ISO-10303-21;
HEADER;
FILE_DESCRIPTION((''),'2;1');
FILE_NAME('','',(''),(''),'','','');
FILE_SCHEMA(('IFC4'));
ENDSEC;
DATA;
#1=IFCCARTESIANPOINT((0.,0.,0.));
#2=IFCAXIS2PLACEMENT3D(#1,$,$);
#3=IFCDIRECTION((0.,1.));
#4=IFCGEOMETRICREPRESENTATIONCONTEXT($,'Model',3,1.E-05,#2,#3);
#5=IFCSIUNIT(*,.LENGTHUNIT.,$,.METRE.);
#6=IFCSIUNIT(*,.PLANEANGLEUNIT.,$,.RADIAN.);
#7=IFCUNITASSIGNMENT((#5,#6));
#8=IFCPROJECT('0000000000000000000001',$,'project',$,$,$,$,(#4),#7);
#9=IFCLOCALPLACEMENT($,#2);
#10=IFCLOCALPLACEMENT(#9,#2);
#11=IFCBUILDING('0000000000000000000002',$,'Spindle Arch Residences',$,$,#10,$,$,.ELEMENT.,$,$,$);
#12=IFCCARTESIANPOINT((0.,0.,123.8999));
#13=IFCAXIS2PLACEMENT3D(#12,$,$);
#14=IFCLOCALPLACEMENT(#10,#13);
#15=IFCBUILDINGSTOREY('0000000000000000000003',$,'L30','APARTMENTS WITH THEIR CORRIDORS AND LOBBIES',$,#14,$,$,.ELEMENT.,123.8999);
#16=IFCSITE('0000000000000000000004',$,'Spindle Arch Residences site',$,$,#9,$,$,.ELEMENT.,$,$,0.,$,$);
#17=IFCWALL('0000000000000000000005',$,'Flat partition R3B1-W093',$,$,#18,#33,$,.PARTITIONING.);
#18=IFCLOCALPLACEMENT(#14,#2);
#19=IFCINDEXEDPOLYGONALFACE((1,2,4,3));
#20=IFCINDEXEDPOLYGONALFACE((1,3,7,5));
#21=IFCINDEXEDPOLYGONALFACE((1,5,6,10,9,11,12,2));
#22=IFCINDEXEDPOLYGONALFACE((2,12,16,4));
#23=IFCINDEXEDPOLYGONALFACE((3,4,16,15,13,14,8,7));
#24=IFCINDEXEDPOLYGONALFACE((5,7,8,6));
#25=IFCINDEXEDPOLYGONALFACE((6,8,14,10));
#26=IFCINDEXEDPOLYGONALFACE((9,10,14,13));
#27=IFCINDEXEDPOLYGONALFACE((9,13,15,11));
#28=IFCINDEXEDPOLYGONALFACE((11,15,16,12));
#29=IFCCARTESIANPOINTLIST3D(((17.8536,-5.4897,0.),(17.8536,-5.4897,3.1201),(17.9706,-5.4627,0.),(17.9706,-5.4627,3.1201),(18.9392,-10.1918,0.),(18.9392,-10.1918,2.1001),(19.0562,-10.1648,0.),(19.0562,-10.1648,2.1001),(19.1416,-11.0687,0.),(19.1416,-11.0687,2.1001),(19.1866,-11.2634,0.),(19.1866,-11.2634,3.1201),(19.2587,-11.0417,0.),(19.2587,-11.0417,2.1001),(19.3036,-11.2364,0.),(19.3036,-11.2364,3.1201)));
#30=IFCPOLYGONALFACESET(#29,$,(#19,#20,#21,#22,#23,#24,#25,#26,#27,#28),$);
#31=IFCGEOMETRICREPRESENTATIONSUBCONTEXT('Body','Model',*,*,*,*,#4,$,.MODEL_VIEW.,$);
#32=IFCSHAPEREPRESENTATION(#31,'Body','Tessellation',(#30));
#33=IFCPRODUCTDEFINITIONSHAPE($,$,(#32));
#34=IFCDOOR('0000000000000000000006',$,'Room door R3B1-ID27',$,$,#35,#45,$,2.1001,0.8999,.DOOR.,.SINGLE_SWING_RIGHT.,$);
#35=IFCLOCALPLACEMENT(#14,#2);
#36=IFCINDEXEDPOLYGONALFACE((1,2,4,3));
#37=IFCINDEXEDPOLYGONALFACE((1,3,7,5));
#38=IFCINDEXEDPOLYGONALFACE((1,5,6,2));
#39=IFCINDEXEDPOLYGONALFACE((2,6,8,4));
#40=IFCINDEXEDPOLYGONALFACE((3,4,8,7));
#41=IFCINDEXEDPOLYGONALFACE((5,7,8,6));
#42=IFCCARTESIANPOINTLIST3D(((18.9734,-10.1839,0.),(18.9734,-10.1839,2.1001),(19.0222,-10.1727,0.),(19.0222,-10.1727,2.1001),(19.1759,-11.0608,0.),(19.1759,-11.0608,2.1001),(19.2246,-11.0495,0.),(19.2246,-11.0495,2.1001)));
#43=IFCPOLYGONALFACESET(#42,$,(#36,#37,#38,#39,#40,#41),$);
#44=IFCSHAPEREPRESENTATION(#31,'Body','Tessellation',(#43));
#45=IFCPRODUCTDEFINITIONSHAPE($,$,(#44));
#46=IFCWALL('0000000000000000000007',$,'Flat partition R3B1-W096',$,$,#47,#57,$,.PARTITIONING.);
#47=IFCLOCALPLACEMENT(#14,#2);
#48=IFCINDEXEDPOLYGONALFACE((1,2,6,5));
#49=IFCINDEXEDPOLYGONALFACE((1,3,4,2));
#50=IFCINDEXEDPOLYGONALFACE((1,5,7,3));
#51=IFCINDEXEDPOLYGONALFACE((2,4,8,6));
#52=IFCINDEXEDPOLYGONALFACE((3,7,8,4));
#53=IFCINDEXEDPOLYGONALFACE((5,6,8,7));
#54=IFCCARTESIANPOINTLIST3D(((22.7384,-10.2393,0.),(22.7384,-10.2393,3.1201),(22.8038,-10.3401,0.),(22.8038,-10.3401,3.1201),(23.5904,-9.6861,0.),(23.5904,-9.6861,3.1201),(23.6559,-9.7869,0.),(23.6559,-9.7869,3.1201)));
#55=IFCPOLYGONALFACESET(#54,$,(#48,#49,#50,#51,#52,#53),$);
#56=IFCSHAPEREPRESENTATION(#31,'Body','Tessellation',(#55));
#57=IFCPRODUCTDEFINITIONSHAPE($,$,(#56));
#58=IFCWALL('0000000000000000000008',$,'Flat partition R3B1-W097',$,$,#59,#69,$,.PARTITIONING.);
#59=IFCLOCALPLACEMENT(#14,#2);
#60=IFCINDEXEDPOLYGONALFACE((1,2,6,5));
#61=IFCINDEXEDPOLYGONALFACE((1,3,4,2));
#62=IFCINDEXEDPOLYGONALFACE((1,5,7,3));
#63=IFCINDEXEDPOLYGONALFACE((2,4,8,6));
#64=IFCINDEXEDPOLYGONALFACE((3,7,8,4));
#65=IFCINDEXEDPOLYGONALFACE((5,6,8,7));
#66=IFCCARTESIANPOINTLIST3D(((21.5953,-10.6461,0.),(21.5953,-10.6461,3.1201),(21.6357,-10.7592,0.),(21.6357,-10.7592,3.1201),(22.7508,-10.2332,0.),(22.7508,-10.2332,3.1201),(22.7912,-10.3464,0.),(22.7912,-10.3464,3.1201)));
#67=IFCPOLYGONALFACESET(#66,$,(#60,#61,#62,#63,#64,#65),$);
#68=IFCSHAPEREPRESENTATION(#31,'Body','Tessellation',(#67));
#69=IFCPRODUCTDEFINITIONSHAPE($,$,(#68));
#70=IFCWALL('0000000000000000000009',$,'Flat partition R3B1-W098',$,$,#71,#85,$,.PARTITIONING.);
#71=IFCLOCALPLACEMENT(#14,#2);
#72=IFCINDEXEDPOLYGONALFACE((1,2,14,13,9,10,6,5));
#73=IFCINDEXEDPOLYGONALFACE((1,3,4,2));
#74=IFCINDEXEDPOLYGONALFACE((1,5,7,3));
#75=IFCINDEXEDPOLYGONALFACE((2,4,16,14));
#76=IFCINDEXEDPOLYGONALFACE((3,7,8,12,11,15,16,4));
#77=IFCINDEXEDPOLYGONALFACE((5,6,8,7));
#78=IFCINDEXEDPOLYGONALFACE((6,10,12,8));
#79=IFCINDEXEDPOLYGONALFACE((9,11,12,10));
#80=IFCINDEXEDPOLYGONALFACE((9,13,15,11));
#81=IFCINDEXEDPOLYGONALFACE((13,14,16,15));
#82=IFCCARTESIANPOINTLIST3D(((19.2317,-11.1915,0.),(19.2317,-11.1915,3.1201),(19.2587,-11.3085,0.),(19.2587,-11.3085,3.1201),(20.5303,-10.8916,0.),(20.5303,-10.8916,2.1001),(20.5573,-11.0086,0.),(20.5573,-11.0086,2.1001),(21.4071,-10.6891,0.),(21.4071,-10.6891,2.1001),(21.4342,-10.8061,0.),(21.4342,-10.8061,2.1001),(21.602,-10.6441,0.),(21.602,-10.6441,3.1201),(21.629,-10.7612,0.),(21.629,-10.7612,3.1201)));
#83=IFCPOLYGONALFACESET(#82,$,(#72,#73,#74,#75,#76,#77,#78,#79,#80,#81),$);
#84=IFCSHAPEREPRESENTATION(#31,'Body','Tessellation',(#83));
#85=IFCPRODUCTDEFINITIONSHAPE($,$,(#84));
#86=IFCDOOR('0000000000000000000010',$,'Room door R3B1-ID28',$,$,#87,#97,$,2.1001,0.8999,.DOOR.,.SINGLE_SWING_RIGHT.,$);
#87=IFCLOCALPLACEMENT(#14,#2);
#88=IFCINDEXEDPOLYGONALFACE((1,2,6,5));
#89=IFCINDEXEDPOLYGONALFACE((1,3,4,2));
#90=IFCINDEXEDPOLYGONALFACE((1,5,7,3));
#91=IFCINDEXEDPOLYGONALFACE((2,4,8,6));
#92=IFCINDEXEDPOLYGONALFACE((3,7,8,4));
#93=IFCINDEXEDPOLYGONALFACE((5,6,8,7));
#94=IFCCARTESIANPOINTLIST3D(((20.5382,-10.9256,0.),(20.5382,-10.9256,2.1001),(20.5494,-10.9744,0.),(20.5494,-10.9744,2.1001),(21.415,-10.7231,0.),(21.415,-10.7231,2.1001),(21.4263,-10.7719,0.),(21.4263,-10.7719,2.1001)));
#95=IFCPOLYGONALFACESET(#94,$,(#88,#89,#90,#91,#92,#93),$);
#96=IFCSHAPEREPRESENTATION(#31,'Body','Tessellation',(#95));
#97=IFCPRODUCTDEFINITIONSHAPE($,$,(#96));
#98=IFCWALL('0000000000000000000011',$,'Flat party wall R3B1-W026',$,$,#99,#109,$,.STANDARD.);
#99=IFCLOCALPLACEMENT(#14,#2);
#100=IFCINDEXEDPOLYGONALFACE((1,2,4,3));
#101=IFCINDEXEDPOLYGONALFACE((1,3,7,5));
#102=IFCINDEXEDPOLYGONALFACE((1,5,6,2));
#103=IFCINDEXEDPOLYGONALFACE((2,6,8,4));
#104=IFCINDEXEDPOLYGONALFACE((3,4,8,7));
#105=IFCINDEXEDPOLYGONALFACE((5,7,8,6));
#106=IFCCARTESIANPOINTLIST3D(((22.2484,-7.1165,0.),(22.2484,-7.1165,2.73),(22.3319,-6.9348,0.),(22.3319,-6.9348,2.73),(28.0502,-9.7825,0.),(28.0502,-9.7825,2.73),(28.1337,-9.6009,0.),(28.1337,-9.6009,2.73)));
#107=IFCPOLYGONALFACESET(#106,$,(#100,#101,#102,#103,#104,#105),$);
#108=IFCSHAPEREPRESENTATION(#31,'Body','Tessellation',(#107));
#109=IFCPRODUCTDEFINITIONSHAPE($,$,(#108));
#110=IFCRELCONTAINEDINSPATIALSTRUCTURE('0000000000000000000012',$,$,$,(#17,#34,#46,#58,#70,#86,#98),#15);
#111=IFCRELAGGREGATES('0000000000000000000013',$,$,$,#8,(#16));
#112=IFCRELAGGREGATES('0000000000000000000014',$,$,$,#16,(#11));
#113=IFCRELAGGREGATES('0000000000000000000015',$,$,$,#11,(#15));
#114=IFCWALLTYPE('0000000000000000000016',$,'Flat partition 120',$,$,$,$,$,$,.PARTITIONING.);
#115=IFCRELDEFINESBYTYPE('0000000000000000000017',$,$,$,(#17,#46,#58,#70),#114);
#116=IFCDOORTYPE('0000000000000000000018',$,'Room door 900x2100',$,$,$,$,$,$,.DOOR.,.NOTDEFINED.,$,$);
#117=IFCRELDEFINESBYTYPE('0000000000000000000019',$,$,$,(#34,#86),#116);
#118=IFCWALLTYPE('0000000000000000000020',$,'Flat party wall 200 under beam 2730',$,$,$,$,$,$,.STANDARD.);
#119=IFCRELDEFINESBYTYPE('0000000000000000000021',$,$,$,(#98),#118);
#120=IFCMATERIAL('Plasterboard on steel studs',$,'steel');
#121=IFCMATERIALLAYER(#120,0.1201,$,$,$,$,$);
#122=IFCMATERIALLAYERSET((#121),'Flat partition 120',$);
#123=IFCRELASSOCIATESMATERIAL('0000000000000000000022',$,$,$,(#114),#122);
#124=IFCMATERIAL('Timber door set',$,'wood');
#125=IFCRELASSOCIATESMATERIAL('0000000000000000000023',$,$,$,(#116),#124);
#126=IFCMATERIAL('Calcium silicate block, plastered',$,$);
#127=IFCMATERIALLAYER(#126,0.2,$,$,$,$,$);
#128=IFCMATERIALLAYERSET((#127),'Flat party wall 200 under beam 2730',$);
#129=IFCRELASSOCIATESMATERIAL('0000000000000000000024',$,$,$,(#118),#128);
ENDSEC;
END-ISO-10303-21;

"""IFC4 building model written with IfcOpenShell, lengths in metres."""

from ifc_helpers import new_model, si_unit, direction, frame, frame_2d, origin, place, context, subcontext, project, spatial, rectangle, extrude, material, layer, layer_set, type_object, element, fill, save


model = new_model("IFC4")

# Units and contexts
model_context = context("Model", 3, precision=1e-05, world=origin(), true_north=direction((0.0, 1.0)))
body_context = subcontext(model_context, "Body", "Model", "MODEL_VIEW")
ifc_project = project(units=[si_unit("LENGTHUNIT", "METRE"), si_unit("PLANEANGLEUNIT", "RADIAN")], contexts=[model_context])

# Site, building, storey
site_placement = place(None, origin())
site = spatial("IfcSite", under=ifc_project, at=site_placement, Name="Spindle Arch Residences site", CompositionType="ELEMENT", RefElevation=0.0)
building_placement = place(site_placement, origin())
building = spatial("IfcBuilding", under=site, at=building_placement, Name="Spindle Arch Residences", CompositionType="ELEMENT")
storey_placement = place(building_placement, frame((0.0, 0.0, 123.8999)))
storey = spatial("IfcBuildingStorey", under=building, at=storey_placement, Name="L30", Description="APARTMENTS WITH THEIR CORRIDORS AND LOBBIES", CompositionType="ELEMENT", Elevation=123.8999)

# Shared definitions
ifc_material_1 = material(Name="Plasterboard on steel studs", Category="steel")
ifc_layer_1 = layer(ifc_material_1, 0.1201)
ifc_layer_set_1 = layer_set([ifc_layer_1], Name="Flat partition 120")
wall_type_1 = type_object("IfcWallType", Name="Flat partition 120", PredefinedType="PARTITIONING", material=ifc_layer_set_1)

# Wall, opening, door
wall_1_placement = place(storey_placement, frame((19.2451, -11.25, 0.0), z_axis=(0.0, 0.0, 1.0), x_axis=(-0.224959, 0.974368, 0.0)))
wall_1 = element("IfcWall", 1, at=wall_1_placement, inside=storey, type_object=wall_type_1, Name="Flat partition R3B1-W093", PredefinedType="PARTITIONING", context=body_context, shape_type="SweptSolid", body=[
    extrude(rectangle(XDim=5.9255, YDim=0.1201, at=frame_2d((2.9629, 0.0))), origin(), (0.0, 0.0, 1.0), 3.1201),
])
opening_1_placement = place(wall_1_placement, frame((0.2, 0.0, 0.0)))
opening_1 = element("IfcOpeningElement", 2, at=opening_1_placement, cuts=wall_1, PredefinedType="OPENING", context=body_context, shape_type="SweptSolid", body=[
    extrude(rectangle(XDim=0.8999, YDim=2.1001, at=frame_2d((0.45, 1.05))), frame((0.0, 0.0701, 0.0), z_axis=(0.0, -1.0, 0.0), x_axis=(1.0, 0.0, 0.0)), (0.0, 0.0, 1.0), 0.1401),
])
ifc_material_2 = material(Name="Timber door set", Category="wood")
door_type = type_object("IfcDoorType", Name="Room door 900x2100", OperationType="NOTDEFINED", PredefinedType="DOOR", material=ifc_material_2)
door_1_placement = place(opening_1_placement, origin())
door_1 = element("IfcDoor", 3, at=door_1_placement, inside=storey, type_object=door_type, Name="Room door R3B1-ID27", OperationType="SINGLE_SWING_RIGHT", OverallHeight=2.1001, OverallWidth=0.8999, PredefinedType="DOOR", context=body_context, shape_type="SweptSolid", body=[
    extrude(rectangle(XDim=0.8999, YDim=2.1001, at=frame_2d((0.45, 1.05))), frame((0.0, 0.0249, 0.0), z_axis=(0.0, -1.0, 0.0), x_axis=(1.0, 0.0, 0.0)), (0.0, 0.0, 1.0), 0.05),
])
fill(opening_1, door_1)

# Walls
wall_2_placement = place(storey_placement, frame((23.623, -9.7366, 0.0), z_axis=(0.0, 0.0, 1.0), x_axis=(-0.838718, -0.544566, 0.0)))
element("IfcWall", 4, at=wall_2_placement, inside=storey, type_object=wall_type_1, Name="Flat partition R3B1-W096", PredefinedType="PARTITIONING", context=body_context, shape_type="SweptSolid", body=[
    extrude(rectangle(XDim=1.0159, YDim=0.1201, at=frame_2d((0.5078, 0.0))), origin(), (0.0, 0.0, 1.0), 3.1201),
])
wall_3_placement = place(storey_placement, frame((22.771, -10.2898, 0.0), z_axis=(0.0, 0.0, 1.0), x_axis=(-0.941701, -0.33645, 0.0)))
element("IfcWall", 5, at=wall_3_placement, inside=storey, type_object=wall_type_1, Name="Flat partition R3B1-W097", PredefinedType="PARTITIONING", context=body_context, shape_type="SweptSolid", body=[
    extrude(rectangle(XDim=1.2271, YDim=0.1201, at=frame_2d((0.6135, 0.0))), origin(), (0.0, 0.0, 1.0), 3.1201),
])

# Wall, opening, door
wall_4_placement = place(storey_placement, frame((21.6155, -10.7026, 0.0), z_axis=(0.0, 0.0, 1.0), x_axis=(-0.974359, -0.224999, 0.0)))
wall_4 = element("IfcWall", 6, at=wall_4_placement, inside=storey, type_object=wall_type_1, Name="Flat partition R3B1-W098", PredefinedType="PARTITIONING", context=body_context, shape_type="SweptSolid", body=[
    extrude(rectangle(XDim=2.4326, YDim=0.1201, at=frame_2d((1.2163, 0.0))), origin(), (0.0, 0.0, 1.0), 3.1201),
])
opening_2_placement = place(wall_4_placement, frame((0.2, 0.0, 0.0)))
opening_2 = element("IfcOpeningElement", 7, at=opening_2_placement, cuts=wall_4, PredefinedType="OPENING", context=body_context, shape_type="SweptSolid", body=[
    extrude(rectangle(XDim=0.8999, YDim=2.1001, at=frame_2d((0.45, 1.05))), frame((0.0, 0.0701, 0.0), z_axis=(0.0, -1.0, 0.0), x_axis=(1.0, 0.0, 0.0)), (0.0, 0.0, 1.0), 0.1401),
])
door_2_placement = place(opening_2_placement, origin())
door_2 = element("IfcDoor", 8, at=door_2_placement, inside=storey, type_object=door_type, Name="Room door R3B1-ID28", OperationType="SINGLE_SWING_RIGHT", OverallHeight=2.1001, OverallWidth=0.8999, PredefinedType="DOOR", context=body_context, shape_type="SweptSolid", body=[
    extrude(rectangle(XDim=0.8999, YDim=2.1001, at=frame_2d((0.45, 1.05))), frame((0.0, 0.0249, 0.0), z_axis=(0.0, -1.0, 0.0), x_axis=(1.0, 0.0, 0.0)), (0.0, 0.0, 1.0), 0.05),
])
fill(opening_2, door_2)

# Wall
ifc_material_3 = material(Name="Calcium silicate block, plastered")
ifc_layer_2 = layer(ifc_material_3, 0.2)
ifc_layer_set_2 = layer_set([ifc_layer_2], Name="Flat party wall 200 under beam 2730")
wall_type_2 = type_object("IfcWallType", Name="Flat party wall 200 under beam 2730", PredefinedType="STANDARD", material=ifc_layer_set_2)
wall_5_placement = place(storey_placement, frame((28.0918, -9.6917, 0.0), z_axis=(0.0, 0.0, 1.0), x_axis=(-0.908656, 0.417545, 0.0)))
element("IfcWall", 9, at=wall_5_placement, inside=storey, type_object=wall_type_2, Name="Flat party wall R3B1-W026", PredefinedType="STANDARD", context=body_context, shape_type="SweptSolid", body=[
    extrude(rectangle(XDim=6.385, YDim=0.2, at=frame_2d((3.1924, 0.0))), origin(), (0.0, 0.0, 1.0), 2.73),
])

save(model, "model.ifc")
